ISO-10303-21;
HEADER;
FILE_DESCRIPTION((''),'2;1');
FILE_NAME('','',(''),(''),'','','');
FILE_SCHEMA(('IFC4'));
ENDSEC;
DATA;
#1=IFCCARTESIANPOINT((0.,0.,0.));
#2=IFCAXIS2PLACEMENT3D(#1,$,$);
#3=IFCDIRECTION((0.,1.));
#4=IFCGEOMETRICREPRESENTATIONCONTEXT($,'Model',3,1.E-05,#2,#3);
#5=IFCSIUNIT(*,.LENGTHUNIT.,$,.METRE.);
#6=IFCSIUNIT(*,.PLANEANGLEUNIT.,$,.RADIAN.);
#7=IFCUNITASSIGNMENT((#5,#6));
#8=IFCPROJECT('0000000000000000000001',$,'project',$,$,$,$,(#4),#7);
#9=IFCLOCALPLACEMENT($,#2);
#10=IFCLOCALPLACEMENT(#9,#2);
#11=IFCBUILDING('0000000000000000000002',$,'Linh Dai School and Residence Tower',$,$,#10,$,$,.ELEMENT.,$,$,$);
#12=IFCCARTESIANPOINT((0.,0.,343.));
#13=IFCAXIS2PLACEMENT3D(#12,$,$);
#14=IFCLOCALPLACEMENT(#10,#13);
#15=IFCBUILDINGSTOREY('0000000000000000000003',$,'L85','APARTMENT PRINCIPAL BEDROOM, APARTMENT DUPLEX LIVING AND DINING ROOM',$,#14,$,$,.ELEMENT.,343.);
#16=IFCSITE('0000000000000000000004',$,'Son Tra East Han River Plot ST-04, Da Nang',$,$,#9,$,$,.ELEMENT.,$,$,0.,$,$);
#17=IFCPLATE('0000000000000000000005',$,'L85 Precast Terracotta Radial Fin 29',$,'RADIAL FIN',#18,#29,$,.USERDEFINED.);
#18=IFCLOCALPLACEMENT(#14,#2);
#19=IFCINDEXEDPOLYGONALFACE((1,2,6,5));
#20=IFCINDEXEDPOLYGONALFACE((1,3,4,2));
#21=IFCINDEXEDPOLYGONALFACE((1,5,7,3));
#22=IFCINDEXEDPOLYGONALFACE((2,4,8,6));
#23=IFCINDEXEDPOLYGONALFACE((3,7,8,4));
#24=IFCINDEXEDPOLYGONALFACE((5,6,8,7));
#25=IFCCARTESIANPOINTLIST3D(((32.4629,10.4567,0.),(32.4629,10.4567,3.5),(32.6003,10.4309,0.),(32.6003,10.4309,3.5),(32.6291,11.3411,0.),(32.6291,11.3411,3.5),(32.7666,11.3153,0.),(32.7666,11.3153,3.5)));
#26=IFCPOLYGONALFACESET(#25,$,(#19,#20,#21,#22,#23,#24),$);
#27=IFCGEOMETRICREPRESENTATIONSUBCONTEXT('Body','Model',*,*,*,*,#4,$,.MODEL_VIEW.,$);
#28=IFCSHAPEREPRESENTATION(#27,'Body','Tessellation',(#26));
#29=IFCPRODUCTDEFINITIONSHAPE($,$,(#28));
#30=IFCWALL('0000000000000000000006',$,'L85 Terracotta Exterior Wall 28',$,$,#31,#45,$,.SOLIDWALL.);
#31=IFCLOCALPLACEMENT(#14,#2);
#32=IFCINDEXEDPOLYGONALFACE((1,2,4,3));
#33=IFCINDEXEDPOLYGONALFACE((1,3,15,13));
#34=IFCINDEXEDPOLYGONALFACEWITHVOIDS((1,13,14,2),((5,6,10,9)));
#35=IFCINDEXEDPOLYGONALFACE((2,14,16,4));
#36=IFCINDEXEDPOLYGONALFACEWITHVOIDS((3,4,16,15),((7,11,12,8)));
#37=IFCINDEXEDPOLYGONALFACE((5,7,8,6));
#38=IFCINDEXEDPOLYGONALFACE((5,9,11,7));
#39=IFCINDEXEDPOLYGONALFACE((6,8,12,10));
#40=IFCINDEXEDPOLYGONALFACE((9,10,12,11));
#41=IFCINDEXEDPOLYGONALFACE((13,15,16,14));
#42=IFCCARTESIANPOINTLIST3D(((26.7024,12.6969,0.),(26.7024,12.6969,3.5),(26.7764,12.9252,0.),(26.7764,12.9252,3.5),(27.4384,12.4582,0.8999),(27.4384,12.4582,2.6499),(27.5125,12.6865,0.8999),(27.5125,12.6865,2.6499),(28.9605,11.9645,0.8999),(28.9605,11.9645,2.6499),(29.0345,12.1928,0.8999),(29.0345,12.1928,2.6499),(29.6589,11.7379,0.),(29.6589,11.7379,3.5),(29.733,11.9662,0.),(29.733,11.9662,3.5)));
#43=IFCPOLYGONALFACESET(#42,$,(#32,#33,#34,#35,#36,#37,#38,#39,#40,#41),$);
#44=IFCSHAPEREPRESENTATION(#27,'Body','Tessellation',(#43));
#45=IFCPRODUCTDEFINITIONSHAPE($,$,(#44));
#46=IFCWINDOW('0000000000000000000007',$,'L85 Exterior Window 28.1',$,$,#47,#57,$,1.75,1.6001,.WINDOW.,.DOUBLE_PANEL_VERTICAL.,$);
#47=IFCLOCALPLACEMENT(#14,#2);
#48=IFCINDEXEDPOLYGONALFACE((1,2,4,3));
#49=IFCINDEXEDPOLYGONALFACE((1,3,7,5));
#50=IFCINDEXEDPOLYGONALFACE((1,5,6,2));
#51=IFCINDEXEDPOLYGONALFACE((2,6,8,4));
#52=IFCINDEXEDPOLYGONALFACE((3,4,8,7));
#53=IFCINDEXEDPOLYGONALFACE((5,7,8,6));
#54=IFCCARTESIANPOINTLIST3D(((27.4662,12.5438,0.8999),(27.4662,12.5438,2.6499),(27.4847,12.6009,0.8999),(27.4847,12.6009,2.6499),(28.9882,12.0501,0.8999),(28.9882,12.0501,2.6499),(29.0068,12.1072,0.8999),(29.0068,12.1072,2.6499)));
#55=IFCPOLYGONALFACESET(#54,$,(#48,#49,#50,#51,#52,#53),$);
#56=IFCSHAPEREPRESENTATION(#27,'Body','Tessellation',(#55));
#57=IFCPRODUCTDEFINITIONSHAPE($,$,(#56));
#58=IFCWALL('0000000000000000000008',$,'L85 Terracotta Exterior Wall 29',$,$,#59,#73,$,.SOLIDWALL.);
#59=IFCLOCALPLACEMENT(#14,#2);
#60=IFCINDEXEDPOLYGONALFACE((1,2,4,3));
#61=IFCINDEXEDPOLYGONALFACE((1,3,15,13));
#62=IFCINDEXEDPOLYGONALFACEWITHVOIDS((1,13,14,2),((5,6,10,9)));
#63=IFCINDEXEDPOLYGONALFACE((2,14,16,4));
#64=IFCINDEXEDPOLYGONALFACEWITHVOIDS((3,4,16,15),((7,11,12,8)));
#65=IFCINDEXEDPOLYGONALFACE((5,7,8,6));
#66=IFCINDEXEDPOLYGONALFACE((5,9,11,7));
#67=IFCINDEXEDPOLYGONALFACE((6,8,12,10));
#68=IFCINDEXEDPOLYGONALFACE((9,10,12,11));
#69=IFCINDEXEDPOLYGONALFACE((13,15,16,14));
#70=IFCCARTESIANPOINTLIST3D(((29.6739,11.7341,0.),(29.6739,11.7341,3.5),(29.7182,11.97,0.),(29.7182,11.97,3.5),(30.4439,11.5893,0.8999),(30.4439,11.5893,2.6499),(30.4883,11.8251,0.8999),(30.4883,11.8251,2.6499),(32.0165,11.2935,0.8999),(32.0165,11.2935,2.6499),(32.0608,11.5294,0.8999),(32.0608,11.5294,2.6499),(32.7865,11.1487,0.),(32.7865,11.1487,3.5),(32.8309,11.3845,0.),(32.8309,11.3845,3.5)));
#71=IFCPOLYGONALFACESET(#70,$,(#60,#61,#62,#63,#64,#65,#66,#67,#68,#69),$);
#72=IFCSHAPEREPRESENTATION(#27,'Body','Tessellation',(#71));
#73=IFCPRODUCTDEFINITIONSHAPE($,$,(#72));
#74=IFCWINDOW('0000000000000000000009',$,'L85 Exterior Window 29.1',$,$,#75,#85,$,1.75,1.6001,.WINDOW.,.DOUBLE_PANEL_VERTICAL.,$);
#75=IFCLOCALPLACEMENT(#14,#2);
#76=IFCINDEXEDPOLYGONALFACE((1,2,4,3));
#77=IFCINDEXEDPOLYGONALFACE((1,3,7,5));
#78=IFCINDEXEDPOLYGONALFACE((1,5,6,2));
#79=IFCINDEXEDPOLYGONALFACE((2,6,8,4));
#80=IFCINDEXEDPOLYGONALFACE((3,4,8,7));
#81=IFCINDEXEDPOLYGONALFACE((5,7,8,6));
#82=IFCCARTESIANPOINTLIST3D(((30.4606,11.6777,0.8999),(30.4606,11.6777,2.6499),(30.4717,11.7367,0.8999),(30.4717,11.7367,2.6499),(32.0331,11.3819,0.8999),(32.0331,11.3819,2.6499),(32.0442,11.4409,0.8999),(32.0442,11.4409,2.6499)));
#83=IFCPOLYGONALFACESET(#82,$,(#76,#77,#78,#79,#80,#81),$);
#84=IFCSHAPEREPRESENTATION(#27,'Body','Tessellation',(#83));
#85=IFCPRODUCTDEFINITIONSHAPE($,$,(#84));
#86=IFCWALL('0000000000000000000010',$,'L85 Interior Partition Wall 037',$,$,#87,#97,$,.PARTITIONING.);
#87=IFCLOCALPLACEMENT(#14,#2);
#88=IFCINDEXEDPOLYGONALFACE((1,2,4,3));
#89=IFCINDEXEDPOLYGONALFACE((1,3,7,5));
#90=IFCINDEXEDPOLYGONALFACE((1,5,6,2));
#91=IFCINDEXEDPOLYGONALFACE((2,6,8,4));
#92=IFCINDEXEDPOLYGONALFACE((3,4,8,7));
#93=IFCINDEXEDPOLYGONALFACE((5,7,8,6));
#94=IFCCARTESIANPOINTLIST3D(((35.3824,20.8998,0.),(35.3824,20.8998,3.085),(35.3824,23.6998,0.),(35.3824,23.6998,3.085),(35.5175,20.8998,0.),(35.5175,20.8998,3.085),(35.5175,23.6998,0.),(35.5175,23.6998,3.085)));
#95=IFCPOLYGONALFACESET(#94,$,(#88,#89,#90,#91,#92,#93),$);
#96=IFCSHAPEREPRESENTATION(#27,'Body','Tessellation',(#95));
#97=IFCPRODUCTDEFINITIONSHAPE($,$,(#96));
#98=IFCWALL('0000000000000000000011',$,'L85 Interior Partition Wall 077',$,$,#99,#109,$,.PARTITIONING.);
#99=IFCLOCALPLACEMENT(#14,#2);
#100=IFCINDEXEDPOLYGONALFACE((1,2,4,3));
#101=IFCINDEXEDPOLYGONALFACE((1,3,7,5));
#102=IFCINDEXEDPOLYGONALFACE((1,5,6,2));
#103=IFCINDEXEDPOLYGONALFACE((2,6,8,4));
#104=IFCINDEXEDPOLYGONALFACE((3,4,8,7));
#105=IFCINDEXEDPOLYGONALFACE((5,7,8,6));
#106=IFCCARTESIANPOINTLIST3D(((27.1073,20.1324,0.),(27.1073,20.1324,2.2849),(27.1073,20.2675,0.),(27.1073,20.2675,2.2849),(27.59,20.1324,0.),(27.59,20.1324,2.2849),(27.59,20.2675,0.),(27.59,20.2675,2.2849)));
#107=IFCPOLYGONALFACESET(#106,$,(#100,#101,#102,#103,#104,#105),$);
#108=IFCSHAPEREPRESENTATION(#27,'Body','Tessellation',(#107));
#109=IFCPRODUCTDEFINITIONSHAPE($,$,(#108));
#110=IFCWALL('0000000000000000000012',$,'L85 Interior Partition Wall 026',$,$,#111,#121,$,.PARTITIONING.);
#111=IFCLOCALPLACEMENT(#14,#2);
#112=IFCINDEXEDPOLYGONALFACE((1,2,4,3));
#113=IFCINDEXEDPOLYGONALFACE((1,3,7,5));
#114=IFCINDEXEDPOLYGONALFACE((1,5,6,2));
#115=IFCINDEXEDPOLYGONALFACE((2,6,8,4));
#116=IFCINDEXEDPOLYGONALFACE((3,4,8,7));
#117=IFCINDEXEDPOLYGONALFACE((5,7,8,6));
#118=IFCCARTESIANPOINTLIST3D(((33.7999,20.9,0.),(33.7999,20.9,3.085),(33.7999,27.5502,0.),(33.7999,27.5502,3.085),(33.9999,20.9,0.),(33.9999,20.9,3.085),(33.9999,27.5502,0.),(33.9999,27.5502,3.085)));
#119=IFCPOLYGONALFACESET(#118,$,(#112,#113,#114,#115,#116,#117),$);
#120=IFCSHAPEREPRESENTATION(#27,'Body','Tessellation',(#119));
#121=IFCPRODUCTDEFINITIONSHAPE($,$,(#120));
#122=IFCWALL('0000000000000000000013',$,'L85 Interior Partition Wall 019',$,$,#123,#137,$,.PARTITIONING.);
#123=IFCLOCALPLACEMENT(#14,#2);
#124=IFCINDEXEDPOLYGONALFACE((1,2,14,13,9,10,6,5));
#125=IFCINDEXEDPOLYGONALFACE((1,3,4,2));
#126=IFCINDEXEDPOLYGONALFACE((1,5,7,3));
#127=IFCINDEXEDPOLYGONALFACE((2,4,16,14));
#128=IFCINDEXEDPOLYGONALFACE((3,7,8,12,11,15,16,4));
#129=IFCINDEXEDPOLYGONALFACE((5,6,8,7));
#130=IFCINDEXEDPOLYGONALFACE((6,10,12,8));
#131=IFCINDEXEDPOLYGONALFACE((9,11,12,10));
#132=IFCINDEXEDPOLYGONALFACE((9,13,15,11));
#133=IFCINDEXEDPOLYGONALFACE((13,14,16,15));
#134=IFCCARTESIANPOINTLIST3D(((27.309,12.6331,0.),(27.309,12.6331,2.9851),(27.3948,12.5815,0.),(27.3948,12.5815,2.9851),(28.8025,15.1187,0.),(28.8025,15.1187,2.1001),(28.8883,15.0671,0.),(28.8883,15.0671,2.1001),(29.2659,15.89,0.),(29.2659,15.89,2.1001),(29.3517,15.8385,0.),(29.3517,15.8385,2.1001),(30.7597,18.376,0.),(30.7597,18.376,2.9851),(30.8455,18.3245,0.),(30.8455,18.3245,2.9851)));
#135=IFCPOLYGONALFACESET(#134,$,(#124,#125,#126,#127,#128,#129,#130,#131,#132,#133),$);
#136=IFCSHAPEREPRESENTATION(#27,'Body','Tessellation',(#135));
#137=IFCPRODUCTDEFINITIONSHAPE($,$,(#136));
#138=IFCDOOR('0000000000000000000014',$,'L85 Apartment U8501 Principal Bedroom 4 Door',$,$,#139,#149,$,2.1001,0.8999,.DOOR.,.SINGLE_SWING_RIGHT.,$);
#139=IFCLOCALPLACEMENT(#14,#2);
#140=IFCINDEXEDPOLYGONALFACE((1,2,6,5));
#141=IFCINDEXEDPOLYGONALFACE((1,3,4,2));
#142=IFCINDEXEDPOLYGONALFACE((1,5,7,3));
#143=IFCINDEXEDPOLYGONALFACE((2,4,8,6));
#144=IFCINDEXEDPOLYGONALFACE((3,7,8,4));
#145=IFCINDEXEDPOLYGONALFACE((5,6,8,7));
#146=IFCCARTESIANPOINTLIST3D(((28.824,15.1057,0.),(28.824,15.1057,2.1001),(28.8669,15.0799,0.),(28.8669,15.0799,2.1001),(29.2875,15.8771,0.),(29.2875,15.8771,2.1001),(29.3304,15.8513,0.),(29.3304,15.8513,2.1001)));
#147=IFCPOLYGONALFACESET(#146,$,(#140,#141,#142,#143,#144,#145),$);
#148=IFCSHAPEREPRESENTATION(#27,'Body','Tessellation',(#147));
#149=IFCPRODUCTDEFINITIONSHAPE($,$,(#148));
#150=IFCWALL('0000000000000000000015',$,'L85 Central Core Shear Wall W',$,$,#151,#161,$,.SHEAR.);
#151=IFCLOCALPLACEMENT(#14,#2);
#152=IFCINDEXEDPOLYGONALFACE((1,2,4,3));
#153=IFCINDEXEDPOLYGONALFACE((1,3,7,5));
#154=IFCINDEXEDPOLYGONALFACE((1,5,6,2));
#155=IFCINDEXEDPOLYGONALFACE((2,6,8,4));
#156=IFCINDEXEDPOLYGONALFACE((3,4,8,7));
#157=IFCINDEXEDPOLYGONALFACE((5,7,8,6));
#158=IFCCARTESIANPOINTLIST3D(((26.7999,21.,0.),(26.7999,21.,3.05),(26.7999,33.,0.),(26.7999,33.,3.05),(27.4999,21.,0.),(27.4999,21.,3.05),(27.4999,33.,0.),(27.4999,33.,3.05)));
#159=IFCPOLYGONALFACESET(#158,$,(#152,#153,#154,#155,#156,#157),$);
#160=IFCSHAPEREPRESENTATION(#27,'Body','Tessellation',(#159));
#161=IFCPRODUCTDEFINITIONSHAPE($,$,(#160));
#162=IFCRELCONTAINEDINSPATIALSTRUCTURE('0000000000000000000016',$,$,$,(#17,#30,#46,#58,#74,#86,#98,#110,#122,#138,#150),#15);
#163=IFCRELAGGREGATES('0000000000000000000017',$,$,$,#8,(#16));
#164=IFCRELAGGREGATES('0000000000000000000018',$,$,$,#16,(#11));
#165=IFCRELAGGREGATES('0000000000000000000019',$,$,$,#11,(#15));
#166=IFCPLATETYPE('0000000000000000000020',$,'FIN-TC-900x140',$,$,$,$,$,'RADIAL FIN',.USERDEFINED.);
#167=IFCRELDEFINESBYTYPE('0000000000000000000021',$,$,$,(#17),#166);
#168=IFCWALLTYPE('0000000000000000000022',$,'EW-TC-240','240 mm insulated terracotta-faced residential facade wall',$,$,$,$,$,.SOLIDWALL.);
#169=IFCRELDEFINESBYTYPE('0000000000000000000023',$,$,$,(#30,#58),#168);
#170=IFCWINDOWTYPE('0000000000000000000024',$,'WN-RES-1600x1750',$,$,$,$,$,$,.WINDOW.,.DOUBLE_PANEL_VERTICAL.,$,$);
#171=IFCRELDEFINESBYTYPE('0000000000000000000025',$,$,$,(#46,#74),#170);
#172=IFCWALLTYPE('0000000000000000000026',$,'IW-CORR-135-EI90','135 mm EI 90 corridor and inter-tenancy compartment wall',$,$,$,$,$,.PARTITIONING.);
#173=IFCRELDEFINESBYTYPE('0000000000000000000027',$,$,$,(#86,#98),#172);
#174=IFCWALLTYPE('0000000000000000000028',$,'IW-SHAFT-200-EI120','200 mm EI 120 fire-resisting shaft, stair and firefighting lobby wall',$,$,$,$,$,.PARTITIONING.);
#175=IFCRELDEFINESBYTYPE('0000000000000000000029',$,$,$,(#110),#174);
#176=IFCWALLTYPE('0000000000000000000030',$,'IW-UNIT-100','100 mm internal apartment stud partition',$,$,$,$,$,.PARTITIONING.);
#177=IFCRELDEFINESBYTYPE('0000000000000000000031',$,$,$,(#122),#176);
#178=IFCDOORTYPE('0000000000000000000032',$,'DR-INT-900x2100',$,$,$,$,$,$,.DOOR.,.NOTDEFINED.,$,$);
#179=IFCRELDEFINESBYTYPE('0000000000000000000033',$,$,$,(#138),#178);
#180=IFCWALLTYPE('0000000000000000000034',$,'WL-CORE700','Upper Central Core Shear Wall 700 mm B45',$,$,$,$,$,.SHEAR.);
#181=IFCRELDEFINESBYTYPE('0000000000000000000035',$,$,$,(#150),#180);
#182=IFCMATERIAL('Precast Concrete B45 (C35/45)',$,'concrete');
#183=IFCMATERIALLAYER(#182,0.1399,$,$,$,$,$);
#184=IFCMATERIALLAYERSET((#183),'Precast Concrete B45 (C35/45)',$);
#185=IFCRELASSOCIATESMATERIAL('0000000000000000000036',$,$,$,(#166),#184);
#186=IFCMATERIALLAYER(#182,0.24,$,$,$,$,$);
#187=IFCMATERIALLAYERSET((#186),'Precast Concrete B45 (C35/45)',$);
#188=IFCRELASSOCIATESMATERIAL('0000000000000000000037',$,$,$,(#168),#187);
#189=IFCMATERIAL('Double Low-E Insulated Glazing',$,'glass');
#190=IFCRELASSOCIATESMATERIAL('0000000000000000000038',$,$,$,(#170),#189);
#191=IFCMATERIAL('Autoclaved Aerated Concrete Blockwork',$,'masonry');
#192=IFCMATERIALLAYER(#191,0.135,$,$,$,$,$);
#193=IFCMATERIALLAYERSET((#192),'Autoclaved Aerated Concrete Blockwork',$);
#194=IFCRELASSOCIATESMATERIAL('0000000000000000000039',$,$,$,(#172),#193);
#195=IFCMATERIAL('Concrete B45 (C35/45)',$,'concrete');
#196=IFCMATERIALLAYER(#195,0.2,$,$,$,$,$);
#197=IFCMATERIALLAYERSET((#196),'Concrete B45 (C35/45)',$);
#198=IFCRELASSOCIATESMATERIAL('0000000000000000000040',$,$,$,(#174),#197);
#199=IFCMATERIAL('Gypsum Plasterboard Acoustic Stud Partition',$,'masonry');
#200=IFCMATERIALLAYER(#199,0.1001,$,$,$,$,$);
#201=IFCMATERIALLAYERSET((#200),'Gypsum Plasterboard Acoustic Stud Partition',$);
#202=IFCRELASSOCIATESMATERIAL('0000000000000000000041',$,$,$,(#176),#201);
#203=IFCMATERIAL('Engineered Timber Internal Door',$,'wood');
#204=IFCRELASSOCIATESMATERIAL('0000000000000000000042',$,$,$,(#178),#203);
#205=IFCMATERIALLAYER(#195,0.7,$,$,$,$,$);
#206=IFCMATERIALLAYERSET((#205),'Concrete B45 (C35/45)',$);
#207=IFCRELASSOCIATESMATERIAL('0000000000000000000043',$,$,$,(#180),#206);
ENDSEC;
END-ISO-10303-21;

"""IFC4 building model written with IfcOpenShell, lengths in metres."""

from ifc_helpers import new_model, si_unit, direction, frame, frame_2d, origin, origin_2d, place, context, subcontext, project, spatial, rectangle, extrude, source, transform, mapped, material, layer, layer_set, type_object, element, fill, save


model = new_model("IFC4")

# Units and contexts
model_context = context("Model", 3, precision=1e-05, world=origin(), true_north=direction((0.0, 1.0)))
body_context = subcontext(model_context, "Body", "Model", "MODEL_VIEW")
ifc_project = project(units=[si_unit("LENGTHUNIT", "METRE"), si_unit("PLANEANGLEUNIT", "RADIAN")], contexts=[model_context])

# Site, building, storey
site_placement = place(None, origin())
site = spatial("IfcSite", under=ifc_project, at=site_placement, Name="Son Tra East Han River Plot ST-04, Da Nang", CompositionType="ELEMENT", RefElevation=0.0)
building_placement = place(site_placement, origin())
building = spatial("IfcBuilding", under=site, at=building_placement, Name="Linh Dai School and Residence Tower", CompositionType="ELEMENT")
storey_placement = place(building_placement, frame((0.0, 0.0, 343.0)))
storey = spatial("IfcBuildingStorey", under=building, at=storey_placement, Name="L85", Description="APARTMENT PRINCIPAL BEDROOM, APARTMENT DUPLEX LIVING AND DINING ROOM", CompositionType="ELEMENT", Elevation=343.0)

# Shared definitions
ifc_material_1 = material(Name="Concrete B45 (C35/45)", Category="concrete")

# Plate
ifc_material_2 = material(Name="Precast Concrete B45 (C35/45)", Category="concrete")
ifc_layer_1 = layer(ifc_material_2, 0.1399)
ifc_layer_set_1 = layer_set([ifc_layer_1], Name="Precast Concrete B45 (C35/45)")
plate_type = type_object("IfcPlateType", Name="FIN-TC-900x140", ElementType="RADIAL FIN", PredefinedType="USERDEFINED", material=ifc_layer_set_1)
shared_shape_1 = source(origin(), body_context, "Body", "SweptSolid", [
    extrude(rectangle(XDim=0.8999, YDim=0.1399, at=origin_2d()), origin(), (0.0, 0.0, 1.0), 3.5),
])
plate_placement = place(storey_placement, frame((32.6147, 10.886, 0.0), z_axis=(0.0, 0.0, 1.0), x_axis=(-0.184785, -0.982779, 0.0)))
element("IfcPlate", 1, at=plate_placement, inside=storey, type_object=plate_type, Name="L85 Precast Terracotta Radial Fin 29", ObjectType="RADIAL FIN", PredefinedType="USERDEFINED", context=body_context, shape_type="MappedRepresentation", body=[
    mapped(shared_shape_1, transform((0.0, 0.0, 0.0), x_axis=(1.0, 0.0, 0.0), y_axis=(0.0, 1.0, 0.0), z_axis=(0.0, 0.0, 1.0), scale=1.0)),
])

# Walls, openings, windows
ifc_layer_2 = layer(ifc_material_2, 0.24)
ifc_layer_set_2 = layer_set([ifc_layer_2], Name="Precast Concrete B45 (C35/45)")
wall_type_1 = type_object("IfcWallType", Name="EW-TC-240", Description="240 mm insulated terracotta-faced residential facade wall", PredefinedType="SOLIDWALL", material=ifc_layer_set_2)
wall_1_placement = place(storey_placement, frame((29.696, 11.8521, 0.0), z_axis=(0.0, 0.0, 1.0), x_axis=(-0.951213, 0.308535, 0.0)))
wall_1 = element("IfcWall", 2, at=wall_1_placement, inside=storey, type_object=wall_type_1, Name="L85 Terracotta Exterior Wall 28", PredefinedType="SOLIDWALL", context=body_context, shape_type="SweptSolid", body=[
    extrude(rectangle(XDim=3.1082, YDim=0.24, at=frame_2d((1.5542, 0.0))), origin(), (0.0, 0.0, 1.0), 3.5),
])
opening_1_placement = place(wall_1_placement, frame((0.7344, 0.0, 0.8999)))
opening_1 = element("IfcOpeningElement", 3, at=opening_1_placement, cuts=wall_1, PredefinedType="OPENING", context=body_context, shape_type="SweptSolid", body=[
    extrude(rectangle(XDim=1.6001, YDim=1.75, at=origin_2d()), frame((0.8, 0.1299, 0.875), z_axis=(0.0, -1.0, 0.0), x_axis=(1.0, 0.0, 0.0)), (0.0, 0.0, 1.0), 0.26),
])
ifc_material_3 = material(Name="Double Low-E Insulated Glazing", Category="glass")
window_type = type_object("IfcWindowType", Name="WN-RES-1600x1750", PartitioningType="DOUBLE_PANEL_VERTICAL", PredefinedType="WINDOW", material=ifc_material_3)
shared_shape_2 = source(origin(), body_context, "Body", "SweptSolid", [
    extrude(rectangle(XDim=1.6001, YDim=1.75, at=origin_2d()), frame((0.8, 0.03, 0.875), z_axis=(0.0, -1.0, 0.0), x_axis=(1.0, 0.0, 0.0)), (0.0, 0.0, 1.0), 0.0601),
])
window_1_placement = place(opening_1_placement, origin())
window_1 = element("IfcWindow", 4, at=window_1_placement, inside=storey, type_object=window_type, Name="L85 Exterior Window 28.1", OverallHeight=1.75, OverallWidth=1.6001, PartitioningType="DOUBLE_PANEL_VERTICAL", PredefinedType="WINDOW", context=body_context, shape_type="MappedRepresentation", body=[
    mapped(shared_shape_2, transform((0.0, 0.0, 0.0), x_axis=(1.0, 0.0, 0.0), y_axis=(0.0, 1.0, 0.0), z_axis=(0.0, 0.0, 1.0), scale=1.0)),
])
fill(opening_1, window_1)
wall_2_placement = place(storey_placement, frame((32.8086, 11.2666, 0.0), z_axis=(0.0, 0.0, 1.0), x_axis=(-0.982766, 0.184852, 0.0)))
wall_2 = element("IfcWall", 5, at=wall_2_placement, inside=storey, type_object=wall_type_1, Name="L85 Terracotta Exterior Wall 29", PredefinedType="SOLIDWALL", context=body_context, shape_type="SweptSolid", body=[
    extrude(rectangle(XDim=3.1672, YDim=0.24, at=frame_2d((1.5835, 0.0))), origin(), (0.0, 0.0, 1.0), 3.5),
])
opening_2_placement = place(wall_2_placement, frame((0.7834, 0.0, 0.8999)))
opening_2 = element("IfcOpeningElement", 6, at=opening_2_placement, cuts=wall_2, PredefinedType="OPENING", context=body_context, shape_type="SweptSolid", body=[
    extrude(rectangle(XDim=1.6001, YDim=1.75, at=origin_2d()), frame((0.8, 0.1299, 0.875), z_axis=(0.0, -1.0, 0.0), x_axis=(1.0, 0.0, 0.0)), (0.0, 0.0, 1.0), 0.26),
])
window_2_placement = place(opening_2_placement, origin())
window_2 = element("IfcWindow", 7, at=window_2_placement, inside=storey, type_object=window_type, Name="L85 Exterior Window 29.1", OverallHeight=1.75, OverallWidth=1.6001, PartitioningType="DOUBLE_PANEL_VERTICAL", PredefinedType="WINDOW", context=body_context, shape_type="MappedRepresentation", body=[
    mapped(shared_shape_2, transform((0.0, 0.0, 0.0), x_axis=(1.0, 0.0, 0.0), y_axis=(0.0, 1.0, 0.0), z_axis=(0.0, 0.0, 1.0), scale=1.0)),
])
fill(opening_2, window_2)

# Walls
ifc_material_4 = material(Name="Autoclaved Aerated Concrete Blockwork", Category="masonry")
ifc_layer_3 = layer(ifc_material_4, 0.135)
ifc_layer_set_3 = layer_set([ifc_layer_3], Name="Autoclaved Aerated Concrete Blockwork")
wall_type_2 = type_object("IfcWallType", Name="IW-CORR-135-EI90", Description="135 mm EI 90 corridor and inter-tenancy compartment wall", PredefinedType="PARTITIONING", material=ifc_layer_set_3)
wall_3_placement = place(storey_placement, frame((35.45, 20.8999, 0.0), z_axis=(0.0, 0.0, 1.0), x_axis=(0.0, 1.0, 0.0)))
element("IfcWall", 8, at=wall_3_placement, inside=storey, type_object=wall_type_2, Name="L85 Interior Partition Wall 037", PredefinedType="PARTITIONING", context=body_context, shape_type="SweptSolid", body=[
    extrude(rectangle(XDim=2.8, YDim=0.135, at=frame_2d((1.3999, 0.0))), origin(), (0.0, 0.0, 1.0), 3.085),
])
wall_4_placement = place(storey_placement, frame((27.1074, 20.2, 0.0), z_axis=(0.0, 0.0, 1.0), x_axis=(1.0, 0.0, 0.0)))
element("IfcWall", 9, at=wall_4_placement, inside=storey, type_object=wall_type_2, Name="L85 Interior Partition Wall 077", PredefinedType="PARTITIONING", context=body_context, shape_type="SweptSolid", body=[
    extrude(rectangle(XDim=0.4827, YDim=0.135, at=frame_2d((0.2412, 0.0))), origin(), (0.0, 0.0, 1.0), 2.2849),
])
ifc_layer_4 = layer(ifc_material_1, 0.2)
ifc_layer_set_4 = layer_set([ifc_layer_4], Name="Concrete B45 (C35/45)")
wall_type_3 = type_object("IfcWallType", Name="IW-SHAFT-200-EI120", Description="200 mm EI 120 fire-resisting shaft, stair and firefighting lobby wall", PredefinedType="PARTITIONING", material=ifc_layer_set_4)
wall_5_placement = place(storey_placement, frame((33.8999, 20.8999, 0.0), z_axis=(0.0, 0.0, 1.0), x_axis=(0.0, 1.0, 0.0)))
element("IfcWall", 10, at=wall_5_placement, inside=storey, type_object=wall_type_3, Name="L85 Interior Partition Wall 026", PredefinedType="PARTITIONING", context=body_context, shape_type="SweptSolid", body=[
    extrude(rectangle(XDim=6.6501, YDim=0.2, at=frame_2d((3.3252, 0.0))), origin(), (0.0, 0.0, 1.0), 3.085),
])

# Wall, opening, door
ifc_material_5 = material(Name="Gypsum Plasterboard Acoustic Stud Partition", Category="masonry")
ifc_layer_5 = layer(ifc_material_5, 0.1001)
ifc_layer_set_5 = layer_set([ifc_layer_5], Name="Gypsum Plasterboard Acoustic Stud Partition")
wall_type_4 = type_object("IfcWallType", Name="IW-UNIT-100", Description="100 mm internal apartment stud partition", PredefinedType="PARTITIONING", material=ifc_layer_set_5)
wall_6_placement = place(storey_placement, frame((27.3518, 12.6072, 0.0), z_axis=(0.0, 0.0, 1.0), x_axis=(0.515037, 0.857168, 0.0)))
wall_6 = element("IfcWall", 11, at=wall_6_placement, inside=storey, type_object=wall_type_4, Name="L85 Interior Partition Wall 019", PredefinedType="PARTITIONING", context=body_context, shape_type="SweptSolid", body=[
    extrude(rectangle(XDim=6.7, YDim=0.1001, at=frame_2d((3.3501, 0.0))), origin(), (0.0, 0.0, 1.0), 2.9851),
])
opening_3_placement = place(wall_6_placement, frame((2.8999, 0.0, 0.0)))
opening_3 = element("IfcOpeningElement", 12, at=opening_3_placement, cuts=wall_6, PredefinedType="OPENING", context=body_context, shape_type="SweptSolid", body=[
    extrude(rectangle(XDim=0.8999, YDim=2.1001, at=origin_2d()), frame((0.45, 0.0601, 1.05), z_axis=(0.0, -1.0, 0.0), x_axis=(1.0, 0.0, 0.0)), (0.0, 0.0, 1.0), 0.1201),
])
ifc_material_6 = material(Name="Engineered Timber Internal Door", Category="wood")
door_type = type_object("IfcDoorType", Name="DR-INT-900x2100", OperationType="NOTDEFINED", PredefinedType="DOOR", material=ifc_material_6)
shared_shape_3 = source(origin(), body_context, "Body", "SweptSolid", [
    extrude(rectangle(XDim=0.8999, YDim=2.1001, at=origin_2d()), frame((0.45, 0.0249, 1.05), z_axis=(0.0, -1.0, 0.0), x_axis=(1.0, 0.0, 0.0)), (0.0, 0.0, 1.0), 0.05),
])
door_placement = place(opening_3_placement, origin())
door = element("IfcDoor", 13, at=door_placement, inside=storey, type_object=door_type, Name="L85 Apartment U8501 Principal Bedroom 4 Door", OperationType="SINGLE_SWING_RIGHT", OverallHeight=2.1001, OverallWidth=0.8999, PredefinedType="DOOR", context=body_context, shape_type="MappedRepresentation", body=[
    mapped(shared_shape_3, transform((0.0, 0.0, 0.0), x_axis=(1.0, 0.0, 0.0), y_axis=(0.0, 1.0, 0.0), z_axis=(0.0, 0.0, 1.0), scale=1.0)),
])
fill(opening_3, door)

# Wall
ifc_layer_6 = layer(ifc_material_1, 0.7)
ifc_layer_set_6 = layer_set([ifc_layer_6], Name="Concrete B45 (C35/45)")
wall_type_5 = type_object("IfcWallType", Name="WL-CORE700", Description="Upper Central Core Shear Wall 700 mm B45", PredefinedType="SHEAR", material=ifc_layer_set_6)
wall_7_placement = place(storey_placement, frame((27.1499, 21.0, 0.0), z_axis=(0.0, 0.0, 1.0), x_axis=(0.0, 1.0, 0.0)))
element("IfcWall", 14, at=wall_7_placement, inside=storey, type_object=wall_type_5, Name="L85 Central Core Shear Wall W", PredefinedType="SHEAR", context=body_context, shape_type="SweptSolid", body=[
    extrude(rectangle(XDim=12.0, YDim=0.7, at=frame_2d((6.0, 0.0))), origin(), (0.0, 0.0, 1.0), 3.05),
])

save(model, "model.ifc")
